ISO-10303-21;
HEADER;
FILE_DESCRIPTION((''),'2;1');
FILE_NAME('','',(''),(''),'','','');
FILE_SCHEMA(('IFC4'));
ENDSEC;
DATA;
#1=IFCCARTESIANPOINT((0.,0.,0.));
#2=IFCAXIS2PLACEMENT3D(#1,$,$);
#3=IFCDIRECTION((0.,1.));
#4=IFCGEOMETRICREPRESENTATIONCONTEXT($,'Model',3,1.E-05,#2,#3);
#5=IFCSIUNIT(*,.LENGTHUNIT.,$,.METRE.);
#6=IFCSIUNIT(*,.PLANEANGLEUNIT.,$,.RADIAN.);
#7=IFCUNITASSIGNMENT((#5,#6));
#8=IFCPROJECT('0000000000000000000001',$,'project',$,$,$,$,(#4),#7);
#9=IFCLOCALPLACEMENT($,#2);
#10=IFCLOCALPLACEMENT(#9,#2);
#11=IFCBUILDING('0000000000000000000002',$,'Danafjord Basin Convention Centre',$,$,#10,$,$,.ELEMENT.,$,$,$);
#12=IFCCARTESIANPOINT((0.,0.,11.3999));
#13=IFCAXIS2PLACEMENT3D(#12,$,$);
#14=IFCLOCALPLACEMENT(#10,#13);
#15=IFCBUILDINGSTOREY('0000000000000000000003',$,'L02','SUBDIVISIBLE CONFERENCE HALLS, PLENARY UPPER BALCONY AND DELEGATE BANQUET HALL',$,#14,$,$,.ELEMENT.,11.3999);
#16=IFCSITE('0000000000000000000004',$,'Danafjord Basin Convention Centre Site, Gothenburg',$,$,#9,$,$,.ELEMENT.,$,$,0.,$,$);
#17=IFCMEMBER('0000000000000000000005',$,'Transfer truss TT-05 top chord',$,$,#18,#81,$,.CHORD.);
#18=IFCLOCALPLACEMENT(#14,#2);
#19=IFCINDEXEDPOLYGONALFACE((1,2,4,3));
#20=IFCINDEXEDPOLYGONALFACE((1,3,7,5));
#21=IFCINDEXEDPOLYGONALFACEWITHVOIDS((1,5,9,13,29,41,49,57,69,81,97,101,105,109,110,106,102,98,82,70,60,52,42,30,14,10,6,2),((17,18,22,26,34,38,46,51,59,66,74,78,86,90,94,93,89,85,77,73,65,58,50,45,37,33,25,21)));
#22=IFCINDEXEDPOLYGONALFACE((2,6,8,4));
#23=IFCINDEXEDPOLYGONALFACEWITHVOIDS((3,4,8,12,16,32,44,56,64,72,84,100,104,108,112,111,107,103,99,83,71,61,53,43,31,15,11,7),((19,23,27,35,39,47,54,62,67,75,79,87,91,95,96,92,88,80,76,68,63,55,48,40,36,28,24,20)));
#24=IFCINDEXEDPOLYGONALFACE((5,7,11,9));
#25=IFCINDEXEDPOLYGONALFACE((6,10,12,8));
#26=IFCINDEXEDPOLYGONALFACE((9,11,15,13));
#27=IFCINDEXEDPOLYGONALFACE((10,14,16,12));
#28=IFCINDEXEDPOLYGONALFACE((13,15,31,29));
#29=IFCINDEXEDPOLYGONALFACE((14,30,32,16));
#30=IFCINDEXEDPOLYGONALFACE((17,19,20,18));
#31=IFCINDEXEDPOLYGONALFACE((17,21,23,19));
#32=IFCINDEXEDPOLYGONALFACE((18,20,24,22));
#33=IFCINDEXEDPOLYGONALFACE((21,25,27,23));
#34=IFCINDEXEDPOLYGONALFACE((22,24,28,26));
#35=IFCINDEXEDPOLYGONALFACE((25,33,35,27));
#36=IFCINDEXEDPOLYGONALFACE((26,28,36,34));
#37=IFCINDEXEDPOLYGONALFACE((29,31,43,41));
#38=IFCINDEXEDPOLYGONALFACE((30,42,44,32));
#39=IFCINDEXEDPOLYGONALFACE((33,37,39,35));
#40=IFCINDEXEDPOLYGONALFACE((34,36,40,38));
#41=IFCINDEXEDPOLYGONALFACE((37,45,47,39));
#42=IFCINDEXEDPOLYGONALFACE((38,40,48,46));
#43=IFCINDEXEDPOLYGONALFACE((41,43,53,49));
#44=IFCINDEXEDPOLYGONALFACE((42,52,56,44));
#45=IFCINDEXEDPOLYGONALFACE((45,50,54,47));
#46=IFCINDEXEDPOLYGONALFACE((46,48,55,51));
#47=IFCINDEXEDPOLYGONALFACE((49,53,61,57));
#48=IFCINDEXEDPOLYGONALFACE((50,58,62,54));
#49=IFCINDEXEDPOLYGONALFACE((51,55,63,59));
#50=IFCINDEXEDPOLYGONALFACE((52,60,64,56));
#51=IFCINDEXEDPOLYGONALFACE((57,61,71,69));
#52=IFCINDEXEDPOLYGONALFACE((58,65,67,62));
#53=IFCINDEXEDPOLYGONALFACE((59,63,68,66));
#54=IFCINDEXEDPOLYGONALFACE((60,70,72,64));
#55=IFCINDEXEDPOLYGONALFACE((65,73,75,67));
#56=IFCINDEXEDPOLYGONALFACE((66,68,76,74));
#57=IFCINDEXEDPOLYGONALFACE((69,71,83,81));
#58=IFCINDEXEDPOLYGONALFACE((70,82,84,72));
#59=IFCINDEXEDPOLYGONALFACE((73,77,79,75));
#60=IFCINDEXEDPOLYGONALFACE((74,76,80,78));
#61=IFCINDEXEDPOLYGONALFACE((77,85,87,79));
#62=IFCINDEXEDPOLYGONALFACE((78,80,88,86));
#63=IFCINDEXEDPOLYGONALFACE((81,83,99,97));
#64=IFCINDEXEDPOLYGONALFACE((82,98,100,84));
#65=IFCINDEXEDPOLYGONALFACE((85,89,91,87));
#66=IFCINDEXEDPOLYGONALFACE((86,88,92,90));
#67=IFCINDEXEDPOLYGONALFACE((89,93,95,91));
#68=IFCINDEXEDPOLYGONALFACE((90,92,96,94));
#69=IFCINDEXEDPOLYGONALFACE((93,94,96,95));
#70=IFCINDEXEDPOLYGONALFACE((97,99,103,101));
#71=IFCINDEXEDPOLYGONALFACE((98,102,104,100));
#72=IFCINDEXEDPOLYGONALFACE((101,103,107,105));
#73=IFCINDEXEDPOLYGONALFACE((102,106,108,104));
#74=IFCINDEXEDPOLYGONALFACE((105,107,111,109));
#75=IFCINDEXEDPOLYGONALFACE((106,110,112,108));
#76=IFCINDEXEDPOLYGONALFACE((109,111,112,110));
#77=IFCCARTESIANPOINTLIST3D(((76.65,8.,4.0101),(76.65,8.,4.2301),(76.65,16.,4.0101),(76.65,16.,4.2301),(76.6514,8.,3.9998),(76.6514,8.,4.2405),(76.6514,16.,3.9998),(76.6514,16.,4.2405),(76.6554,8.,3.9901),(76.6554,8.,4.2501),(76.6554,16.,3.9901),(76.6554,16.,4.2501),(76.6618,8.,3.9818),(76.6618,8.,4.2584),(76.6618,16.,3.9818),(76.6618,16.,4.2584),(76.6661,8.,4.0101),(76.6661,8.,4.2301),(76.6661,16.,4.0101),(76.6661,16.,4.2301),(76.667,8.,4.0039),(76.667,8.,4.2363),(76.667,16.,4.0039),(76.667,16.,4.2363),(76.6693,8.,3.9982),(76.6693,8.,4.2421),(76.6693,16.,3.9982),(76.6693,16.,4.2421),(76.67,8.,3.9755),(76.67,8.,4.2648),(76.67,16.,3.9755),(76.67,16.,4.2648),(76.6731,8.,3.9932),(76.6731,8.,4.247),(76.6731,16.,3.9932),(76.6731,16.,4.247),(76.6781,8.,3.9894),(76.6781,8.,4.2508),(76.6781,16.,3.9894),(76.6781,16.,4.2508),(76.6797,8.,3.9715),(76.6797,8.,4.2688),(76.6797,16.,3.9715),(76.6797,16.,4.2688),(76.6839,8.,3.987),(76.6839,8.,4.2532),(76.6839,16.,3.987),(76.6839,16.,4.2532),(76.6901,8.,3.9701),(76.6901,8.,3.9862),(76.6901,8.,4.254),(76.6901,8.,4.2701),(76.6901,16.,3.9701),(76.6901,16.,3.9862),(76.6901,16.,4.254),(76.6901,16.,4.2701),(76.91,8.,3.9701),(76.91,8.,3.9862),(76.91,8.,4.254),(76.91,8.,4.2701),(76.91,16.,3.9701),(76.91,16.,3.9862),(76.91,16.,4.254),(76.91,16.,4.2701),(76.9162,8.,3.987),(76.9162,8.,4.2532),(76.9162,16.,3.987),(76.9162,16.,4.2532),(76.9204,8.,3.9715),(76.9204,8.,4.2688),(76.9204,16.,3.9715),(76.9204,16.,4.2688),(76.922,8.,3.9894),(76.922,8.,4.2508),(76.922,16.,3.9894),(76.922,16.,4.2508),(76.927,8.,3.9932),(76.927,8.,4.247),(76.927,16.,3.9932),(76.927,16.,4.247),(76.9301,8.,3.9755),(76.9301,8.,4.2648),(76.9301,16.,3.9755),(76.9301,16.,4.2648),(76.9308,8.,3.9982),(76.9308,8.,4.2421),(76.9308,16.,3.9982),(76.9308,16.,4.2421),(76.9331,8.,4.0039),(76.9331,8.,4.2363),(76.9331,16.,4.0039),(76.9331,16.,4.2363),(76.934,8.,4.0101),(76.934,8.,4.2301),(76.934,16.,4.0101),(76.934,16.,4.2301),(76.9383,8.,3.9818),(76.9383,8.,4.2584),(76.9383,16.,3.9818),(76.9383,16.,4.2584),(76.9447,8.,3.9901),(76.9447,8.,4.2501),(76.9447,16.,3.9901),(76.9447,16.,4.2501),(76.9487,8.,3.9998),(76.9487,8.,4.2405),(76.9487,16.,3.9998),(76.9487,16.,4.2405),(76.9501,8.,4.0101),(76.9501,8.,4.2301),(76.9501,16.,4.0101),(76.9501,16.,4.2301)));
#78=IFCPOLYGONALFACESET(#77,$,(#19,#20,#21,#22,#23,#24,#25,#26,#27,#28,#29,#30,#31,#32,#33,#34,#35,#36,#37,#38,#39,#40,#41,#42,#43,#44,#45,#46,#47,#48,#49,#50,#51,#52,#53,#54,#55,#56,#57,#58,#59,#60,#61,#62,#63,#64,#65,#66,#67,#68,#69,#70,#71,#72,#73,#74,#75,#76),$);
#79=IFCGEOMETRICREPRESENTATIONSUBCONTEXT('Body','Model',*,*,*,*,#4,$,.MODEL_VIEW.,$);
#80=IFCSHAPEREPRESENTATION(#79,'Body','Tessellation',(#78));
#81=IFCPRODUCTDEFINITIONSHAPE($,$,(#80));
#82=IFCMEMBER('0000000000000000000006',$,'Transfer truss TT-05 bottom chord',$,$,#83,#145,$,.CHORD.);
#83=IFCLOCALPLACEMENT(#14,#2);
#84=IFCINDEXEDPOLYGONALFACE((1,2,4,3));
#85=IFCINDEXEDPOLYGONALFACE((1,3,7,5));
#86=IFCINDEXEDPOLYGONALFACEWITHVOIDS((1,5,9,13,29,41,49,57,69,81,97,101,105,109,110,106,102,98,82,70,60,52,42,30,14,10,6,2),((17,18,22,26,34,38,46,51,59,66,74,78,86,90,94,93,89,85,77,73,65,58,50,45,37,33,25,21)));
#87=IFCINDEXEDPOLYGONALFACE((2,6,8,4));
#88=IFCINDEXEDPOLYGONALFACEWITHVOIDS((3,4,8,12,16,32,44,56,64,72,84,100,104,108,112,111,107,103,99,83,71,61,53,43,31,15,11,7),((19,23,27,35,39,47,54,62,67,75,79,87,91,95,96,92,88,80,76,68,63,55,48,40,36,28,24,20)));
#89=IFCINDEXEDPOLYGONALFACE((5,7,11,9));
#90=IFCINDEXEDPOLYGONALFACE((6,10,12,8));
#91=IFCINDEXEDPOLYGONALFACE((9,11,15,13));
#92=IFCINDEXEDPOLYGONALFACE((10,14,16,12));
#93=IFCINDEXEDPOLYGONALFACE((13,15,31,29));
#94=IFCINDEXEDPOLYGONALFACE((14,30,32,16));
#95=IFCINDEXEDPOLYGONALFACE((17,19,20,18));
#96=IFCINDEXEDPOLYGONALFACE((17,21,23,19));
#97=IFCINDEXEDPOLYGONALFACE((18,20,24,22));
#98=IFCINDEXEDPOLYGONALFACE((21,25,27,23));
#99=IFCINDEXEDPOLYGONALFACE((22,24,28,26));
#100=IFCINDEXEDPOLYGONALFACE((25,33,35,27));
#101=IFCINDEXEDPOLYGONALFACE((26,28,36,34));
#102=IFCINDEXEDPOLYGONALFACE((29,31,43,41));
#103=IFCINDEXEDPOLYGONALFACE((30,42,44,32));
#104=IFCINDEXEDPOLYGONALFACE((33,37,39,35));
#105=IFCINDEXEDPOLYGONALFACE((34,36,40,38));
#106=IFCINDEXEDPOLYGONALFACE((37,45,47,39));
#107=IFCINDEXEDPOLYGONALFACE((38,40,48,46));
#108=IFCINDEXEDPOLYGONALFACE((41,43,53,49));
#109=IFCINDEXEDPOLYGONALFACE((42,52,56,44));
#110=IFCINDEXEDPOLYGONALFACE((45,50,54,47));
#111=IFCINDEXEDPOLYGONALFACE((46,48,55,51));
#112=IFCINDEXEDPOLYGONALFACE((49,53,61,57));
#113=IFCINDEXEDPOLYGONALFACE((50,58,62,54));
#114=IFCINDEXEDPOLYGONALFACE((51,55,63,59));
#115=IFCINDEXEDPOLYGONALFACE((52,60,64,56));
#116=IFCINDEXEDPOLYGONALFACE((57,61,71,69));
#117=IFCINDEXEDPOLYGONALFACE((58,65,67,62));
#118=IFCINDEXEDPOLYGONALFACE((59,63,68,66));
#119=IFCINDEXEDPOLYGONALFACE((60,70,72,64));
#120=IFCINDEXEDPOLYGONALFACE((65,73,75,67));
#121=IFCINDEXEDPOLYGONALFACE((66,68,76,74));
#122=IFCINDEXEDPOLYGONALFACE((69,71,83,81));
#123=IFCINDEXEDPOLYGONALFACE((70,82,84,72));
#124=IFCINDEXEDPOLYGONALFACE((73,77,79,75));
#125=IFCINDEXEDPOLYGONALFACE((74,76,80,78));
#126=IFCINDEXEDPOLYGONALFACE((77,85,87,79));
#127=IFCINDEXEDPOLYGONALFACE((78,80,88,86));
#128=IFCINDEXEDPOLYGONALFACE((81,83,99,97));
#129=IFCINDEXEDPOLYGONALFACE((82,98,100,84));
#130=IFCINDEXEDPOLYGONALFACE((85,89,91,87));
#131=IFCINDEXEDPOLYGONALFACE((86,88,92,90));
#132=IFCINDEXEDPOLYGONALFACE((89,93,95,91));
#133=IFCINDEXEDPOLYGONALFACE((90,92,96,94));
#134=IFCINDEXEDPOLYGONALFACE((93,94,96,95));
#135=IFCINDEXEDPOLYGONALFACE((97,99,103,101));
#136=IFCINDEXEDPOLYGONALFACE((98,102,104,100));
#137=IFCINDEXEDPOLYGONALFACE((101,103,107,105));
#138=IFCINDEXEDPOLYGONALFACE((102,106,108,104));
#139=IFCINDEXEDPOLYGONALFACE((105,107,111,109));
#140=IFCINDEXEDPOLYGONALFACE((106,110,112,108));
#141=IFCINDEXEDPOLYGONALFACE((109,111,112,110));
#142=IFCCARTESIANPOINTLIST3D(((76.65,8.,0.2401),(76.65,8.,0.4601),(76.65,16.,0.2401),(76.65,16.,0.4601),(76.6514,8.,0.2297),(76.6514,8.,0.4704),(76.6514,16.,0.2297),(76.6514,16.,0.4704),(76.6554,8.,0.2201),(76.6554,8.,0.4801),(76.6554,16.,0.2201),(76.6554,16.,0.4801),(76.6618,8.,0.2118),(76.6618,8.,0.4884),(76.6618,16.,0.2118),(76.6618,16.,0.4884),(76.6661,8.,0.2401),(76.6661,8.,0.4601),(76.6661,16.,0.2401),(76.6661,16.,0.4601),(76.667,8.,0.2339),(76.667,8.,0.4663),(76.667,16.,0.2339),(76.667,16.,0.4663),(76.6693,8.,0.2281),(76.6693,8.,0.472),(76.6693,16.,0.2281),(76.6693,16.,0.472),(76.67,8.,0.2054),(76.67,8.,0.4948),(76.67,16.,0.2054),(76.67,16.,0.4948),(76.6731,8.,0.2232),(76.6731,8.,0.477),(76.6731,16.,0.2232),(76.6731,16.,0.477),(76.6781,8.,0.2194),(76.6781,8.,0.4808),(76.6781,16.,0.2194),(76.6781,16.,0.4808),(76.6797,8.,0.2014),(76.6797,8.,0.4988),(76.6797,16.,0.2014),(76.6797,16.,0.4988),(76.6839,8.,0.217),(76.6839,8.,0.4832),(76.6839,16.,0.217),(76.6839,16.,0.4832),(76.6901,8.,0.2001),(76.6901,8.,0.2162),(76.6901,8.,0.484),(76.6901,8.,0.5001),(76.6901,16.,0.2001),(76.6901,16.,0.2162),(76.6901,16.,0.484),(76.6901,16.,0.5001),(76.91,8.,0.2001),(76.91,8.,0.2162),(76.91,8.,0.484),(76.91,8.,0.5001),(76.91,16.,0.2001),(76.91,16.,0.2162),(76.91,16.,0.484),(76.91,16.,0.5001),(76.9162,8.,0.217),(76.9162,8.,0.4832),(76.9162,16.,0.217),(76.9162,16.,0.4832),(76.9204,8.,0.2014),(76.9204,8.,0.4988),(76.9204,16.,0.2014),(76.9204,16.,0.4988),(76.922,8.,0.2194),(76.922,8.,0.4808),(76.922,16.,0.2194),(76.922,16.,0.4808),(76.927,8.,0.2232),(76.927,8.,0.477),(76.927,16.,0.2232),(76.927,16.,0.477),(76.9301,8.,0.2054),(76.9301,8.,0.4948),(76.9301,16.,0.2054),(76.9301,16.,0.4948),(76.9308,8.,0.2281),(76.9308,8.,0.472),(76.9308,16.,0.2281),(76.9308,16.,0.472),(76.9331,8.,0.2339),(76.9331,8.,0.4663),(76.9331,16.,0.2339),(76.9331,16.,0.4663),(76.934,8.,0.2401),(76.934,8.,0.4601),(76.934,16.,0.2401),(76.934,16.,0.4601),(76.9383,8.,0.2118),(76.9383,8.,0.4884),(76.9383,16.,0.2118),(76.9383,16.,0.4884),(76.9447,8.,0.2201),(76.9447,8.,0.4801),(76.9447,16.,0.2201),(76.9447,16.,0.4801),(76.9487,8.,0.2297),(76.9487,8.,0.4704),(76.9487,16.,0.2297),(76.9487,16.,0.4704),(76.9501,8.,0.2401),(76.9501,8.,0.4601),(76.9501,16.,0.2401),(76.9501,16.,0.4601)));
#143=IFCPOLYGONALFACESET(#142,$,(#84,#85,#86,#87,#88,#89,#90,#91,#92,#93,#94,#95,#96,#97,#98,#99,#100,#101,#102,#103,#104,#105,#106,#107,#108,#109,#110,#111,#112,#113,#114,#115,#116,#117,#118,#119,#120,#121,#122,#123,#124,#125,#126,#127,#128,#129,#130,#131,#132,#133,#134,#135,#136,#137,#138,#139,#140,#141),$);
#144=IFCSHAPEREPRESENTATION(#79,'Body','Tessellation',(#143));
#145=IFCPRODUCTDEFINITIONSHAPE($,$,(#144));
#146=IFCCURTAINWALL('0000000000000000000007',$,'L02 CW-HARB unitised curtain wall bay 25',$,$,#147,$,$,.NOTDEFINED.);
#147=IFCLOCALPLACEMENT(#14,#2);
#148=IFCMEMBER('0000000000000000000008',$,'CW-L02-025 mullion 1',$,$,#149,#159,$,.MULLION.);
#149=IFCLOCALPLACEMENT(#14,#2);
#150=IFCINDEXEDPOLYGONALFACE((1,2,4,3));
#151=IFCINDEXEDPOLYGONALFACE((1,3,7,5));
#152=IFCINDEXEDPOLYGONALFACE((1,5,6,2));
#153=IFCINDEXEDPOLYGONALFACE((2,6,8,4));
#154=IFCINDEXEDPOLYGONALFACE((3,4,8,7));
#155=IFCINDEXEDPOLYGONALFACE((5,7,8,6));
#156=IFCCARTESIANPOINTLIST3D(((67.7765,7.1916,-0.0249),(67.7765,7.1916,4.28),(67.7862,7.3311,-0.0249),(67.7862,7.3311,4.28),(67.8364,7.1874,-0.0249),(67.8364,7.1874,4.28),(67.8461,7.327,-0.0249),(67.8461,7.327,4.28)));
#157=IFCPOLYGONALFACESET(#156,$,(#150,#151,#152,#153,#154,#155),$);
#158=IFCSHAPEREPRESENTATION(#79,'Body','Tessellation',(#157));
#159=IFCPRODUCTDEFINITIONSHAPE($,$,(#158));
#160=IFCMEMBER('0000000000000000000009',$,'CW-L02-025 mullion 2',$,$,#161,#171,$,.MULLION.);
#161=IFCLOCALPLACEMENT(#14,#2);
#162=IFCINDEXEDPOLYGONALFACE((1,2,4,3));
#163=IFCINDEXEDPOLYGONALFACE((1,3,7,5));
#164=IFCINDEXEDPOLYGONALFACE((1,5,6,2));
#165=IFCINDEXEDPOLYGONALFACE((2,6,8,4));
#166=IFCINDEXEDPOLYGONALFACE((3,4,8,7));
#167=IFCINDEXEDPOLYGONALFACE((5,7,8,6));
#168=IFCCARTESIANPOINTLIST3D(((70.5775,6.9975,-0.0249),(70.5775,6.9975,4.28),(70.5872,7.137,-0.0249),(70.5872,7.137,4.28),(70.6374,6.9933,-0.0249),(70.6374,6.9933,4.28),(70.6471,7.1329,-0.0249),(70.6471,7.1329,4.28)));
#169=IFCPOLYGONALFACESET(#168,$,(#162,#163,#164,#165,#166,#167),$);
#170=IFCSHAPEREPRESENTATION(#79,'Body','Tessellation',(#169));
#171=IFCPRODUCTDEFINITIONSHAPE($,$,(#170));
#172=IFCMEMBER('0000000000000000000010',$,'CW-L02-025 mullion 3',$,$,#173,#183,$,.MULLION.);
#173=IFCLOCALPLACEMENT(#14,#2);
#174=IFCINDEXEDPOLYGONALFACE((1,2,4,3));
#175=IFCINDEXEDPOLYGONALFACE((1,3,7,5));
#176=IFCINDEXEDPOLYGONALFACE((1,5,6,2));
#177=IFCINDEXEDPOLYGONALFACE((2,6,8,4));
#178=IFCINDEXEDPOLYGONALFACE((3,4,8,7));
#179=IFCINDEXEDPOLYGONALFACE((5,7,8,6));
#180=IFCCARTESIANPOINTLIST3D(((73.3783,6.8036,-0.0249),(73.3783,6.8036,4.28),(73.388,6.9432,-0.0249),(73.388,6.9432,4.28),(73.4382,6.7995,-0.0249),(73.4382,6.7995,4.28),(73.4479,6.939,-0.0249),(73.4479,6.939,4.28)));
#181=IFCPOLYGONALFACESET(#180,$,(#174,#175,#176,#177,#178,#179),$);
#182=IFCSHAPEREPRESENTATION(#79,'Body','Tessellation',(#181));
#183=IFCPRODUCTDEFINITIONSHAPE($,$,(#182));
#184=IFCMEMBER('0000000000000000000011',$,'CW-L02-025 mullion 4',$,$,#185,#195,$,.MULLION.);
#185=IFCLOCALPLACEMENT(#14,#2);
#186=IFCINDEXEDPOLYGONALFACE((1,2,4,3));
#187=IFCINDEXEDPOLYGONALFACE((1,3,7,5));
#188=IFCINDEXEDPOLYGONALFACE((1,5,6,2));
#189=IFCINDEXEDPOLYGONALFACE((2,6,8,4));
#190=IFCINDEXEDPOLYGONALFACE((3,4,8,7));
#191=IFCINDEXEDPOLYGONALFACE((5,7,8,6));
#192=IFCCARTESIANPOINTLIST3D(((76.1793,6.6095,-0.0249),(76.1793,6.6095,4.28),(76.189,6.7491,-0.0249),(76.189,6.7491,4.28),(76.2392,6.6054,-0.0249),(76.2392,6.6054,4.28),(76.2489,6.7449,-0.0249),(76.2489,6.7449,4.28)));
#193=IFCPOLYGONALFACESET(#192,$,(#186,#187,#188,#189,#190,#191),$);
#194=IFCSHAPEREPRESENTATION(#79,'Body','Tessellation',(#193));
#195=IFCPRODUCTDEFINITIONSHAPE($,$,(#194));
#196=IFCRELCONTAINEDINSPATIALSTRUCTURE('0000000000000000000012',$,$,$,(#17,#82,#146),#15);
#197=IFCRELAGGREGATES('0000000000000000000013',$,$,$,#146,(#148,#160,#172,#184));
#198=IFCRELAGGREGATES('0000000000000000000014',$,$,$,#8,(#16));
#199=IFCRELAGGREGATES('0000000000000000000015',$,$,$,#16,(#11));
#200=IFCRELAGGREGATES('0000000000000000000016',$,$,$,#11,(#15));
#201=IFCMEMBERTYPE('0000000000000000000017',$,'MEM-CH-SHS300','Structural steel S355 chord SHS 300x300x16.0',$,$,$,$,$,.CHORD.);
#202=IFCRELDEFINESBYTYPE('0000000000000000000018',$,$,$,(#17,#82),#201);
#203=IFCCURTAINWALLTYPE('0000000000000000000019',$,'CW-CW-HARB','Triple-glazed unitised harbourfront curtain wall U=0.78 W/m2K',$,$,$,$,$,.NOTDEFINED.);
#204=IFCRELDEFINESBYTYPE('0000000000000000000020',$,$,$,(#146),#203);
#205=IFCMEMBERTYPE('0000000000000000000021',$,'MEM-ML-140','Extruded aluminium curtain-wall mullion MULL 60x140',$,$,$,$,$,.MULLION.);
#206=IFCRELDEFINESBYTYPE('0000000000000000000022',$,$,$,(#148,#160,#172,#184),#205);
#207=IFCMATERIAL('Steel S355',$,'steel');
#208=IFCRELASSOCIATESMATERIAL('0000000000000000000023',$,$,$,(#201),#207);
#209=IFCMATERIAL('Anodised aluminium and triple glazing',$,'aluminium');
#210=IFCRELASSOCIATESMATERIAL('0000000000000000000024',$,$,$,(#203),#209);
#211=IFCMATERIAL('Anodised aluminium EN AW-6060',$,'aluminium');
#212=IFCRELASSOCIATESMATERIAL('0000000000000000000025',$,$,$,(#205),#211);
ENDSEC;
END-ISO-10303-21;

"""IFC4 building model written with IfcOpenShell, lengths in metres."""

from ifc_helpers import new_model, si_unit, direction, frame, origin, origin_2d, place, context, subcontext, project, spatial, rectangle, hollow_rectangle, extrude, material, material_profile, profile_set, type_object, element, aggregate, save


model = new_model("IFC4")

# Units and contexts
model_context = context("Model", 3, precision=1e-05, world=origin(), true_north=direction((0.0, 1.0)))
body_context = subcontext(model_context, "Body", "Model", "MODEL_VIEW")
ifc_project = project(units=[si_unit("LENGTHUNIT", "METRE"), si_unit("PLANEANGLEUNIT", "RADIAN")], contexts=[model_context])

# Site, building, storey
site_placement = place(None, origin())
site = spatial("IfcSite", under=ifc_project, at=site_placement, Name="Danafjord Basin Convention Centre Site, Gothenburg", CompositionType="ELEMENT", RefElevation=0.0)
building_placement = place(site_placement, origin())
building = spatial("IfcBuilding", under=site, at=building_placement, Name="Danafjord Basin Convention Centre", CompositionType="ELEMENT")
storey_placement = place(building_placement, frame((0.0, 0.0, 11.3999)))
storey = spatial("IfcBuildingStorey", under=building, at=storey_placement, Name="L02", Description="SUBDIVISIBLE CONFERENCE HALLS, PLENARY UPPER BALCONY AND DELEGATE BANQUET HALL", CompositionType="ELEMENT", Elevation=11.3999)

# Shared definitions
ifc_material_1 = material(Name="Steel S355", Category="steel")

# Members
ifc_material_profile_1 = material_profile(ifc_material_1, hollow_rectangle(XDim=0.3, YDim=0.3, WallThickness=0.0161, InnerFilletRadius=0.0239, OuterFilletRadius=0.04, at=origin_2d()), Name="SHS 300x300x16.0")
ifc_profile_set_1 = profile_set([ifc_material_profile_1], Name="Steel S355")
member_type_1 = type_object("IfcMemberType", Name="MEM-CH-SHS300", Description="Structural steel S355 chord SHS 300x300x16.0", PredefinedType="CHORD", material=ifc_profile_set_1)
for number, where, z_axis, x_axis, name in (
    (1, (76.8, 8.0, 4.1201), (0.0, 1.0, 0.0), (-1.0, 0.0, 0.0), "Transfer truss TT-05 top chord"),
    (2, (76.8, 8.0, 0.3501), (0.0, 1.0, 0.0), (-1.0, 0.0, 0.0), "Transfer truss TT-05 bottom chord"),
):
    element("IfcMember", number, at=place(storey_placement, frame(where, z_axis=z_axis, x_axis=x_axis)), inside=storey, type_object=member_type_1, Name=name, PredefinedType="CHORD", context=body_context, shape_type="SweptSolid", body=[
        extrude(hollow_rectangle(XDim=0.3, YDim=0.3, WallThickness=0.0161, InnerFilletRadius=0.0239, OuterFilletRadius=0.04, at=origin_2d()), origin(), (0.0, 0.0, 1.0), 8.0),
    ])

# Curtain wall, members
ifc_material_2 = material(Name="Anodised aluminium and triple glazing", Category="aluminium")
curtain_wall_type = type_object("IfcCurtainWallType", Name="CW-CW-HARB", Description="Triple-glazed unitised harbourfront curtain wall U=0.78 W/m2K", PredefinedType="NOTDEFINED", material=ifc_material_2)
curtain_wall_placement = place(storey_placement, origin())
curtain_wall = element("IfcCurtainWall", 3, at=curtain_wall_placement, inside=storey, type_object=curtain_wall_type, Name="L02 CW-HARB unitised curtain wall bay 25", PredefinedType="NOTDEFINED")
ifc_material_3 = material(Name="Anodised aluminium EN AW-6060", Category="aluminium")
ifc_material_profile_2 = material_profile(ifc_material_3, rectangle(XDim=0.0601, YDim=0.1399, at=origin_2d()), Name="MULL 60x140")
ifc_profile_set_2 = profile_set([ifc_material_profile_2], Name="Anodised aluminium EN AW-6060")
member_type_2 = type_object("IfcMemberType", Name="MEM-ML-140", Description="Extruded aluminium curtain-wall mullion MULL 60x140", PredefinedType="MULLION", material=ifc_profile_set_2)
member_1_placement = place(storey_placement, frame((67.8113, 7.2593, -0.0249), z_axis=(0.0, 0.0, 1.0), x_axis=(0.997609, -0.069105, 0.0)))
member_1 = element("IfcMember", 4, at=member_1_placement, type_object=member_type_2, Name="CW-L02-025 mullion 1", PredefinedType="MULLION", context=body_context, shape_type="SweptSolid", body=[
    extrude(rectangle(XDim=0.0601, YDim=0.1399, at=origin_2d()), origin(), (0.0, 0.0, 1.0), 4.3049),
])
member_2_placement = place(storey_placement, frame((70.6123, 7.0652, -0.0249), z_axis=(0.0, 0.0, 1.0), x_axis=(0.997609, -0.069105, 0.0)))
member_2 = element("IfcMember", 5, at=member_2_placement, type_object=member_type_2, Name="CW-L02-025 mullion 2", PredefinedType="MULLION", context=body_context, shape_type="SweptSolid", body=[
    extrude(rectangle(XDim=0.0601, YDim=0.1399, at=origin_2d()), origin(), (0.0, 0.0, 1.0), 4.3049),
])
member_3_placement = place(storey_placement, frame((73.4131, 6.8713, -0.0249), z_axis=(0.0, 0.0, 1.0), x_axis=(0.997609, -0.069105, 0.0)))
member_3 = element("IfcMember", 6, at=member_3_placement, type_object=member_type_2, Name="CW-L02-025 mullion 3", PredefinedType="MULLION", context=body_context, shape_type="SweptSolid", body=[
    extrude(rectangle(XDim=0.0601, YDim=0.1399, at=origin_2d()), origin(), (0.0, 0.0, 1.0), 4.3049),
])
member_4_placement = place(storey_placement, frame((76.2141, 6.6772, -0.0249), z_axis=(0.0, 0.0, 1.0), x_axis=(0.997609, -0.069105, 0.0)))
member_4 = element("IfcMember", 7, at=member_4_placement, type_object=member_type_2, Name="CW-L02-025 mullion 4", PredefinedType="MULLION", context=body_context, shape_type="SweptSolid", body=[
    extrude(rectangle(XDim=0.0601, YDim=0.1399, at=origin_2d()), origin(), (0.0, 0.0, 1.0), 4.3049),
])

aggregate(curtain_wall, [member_1, member_2, member_3, member_4])

save(model, "model.ifc")
